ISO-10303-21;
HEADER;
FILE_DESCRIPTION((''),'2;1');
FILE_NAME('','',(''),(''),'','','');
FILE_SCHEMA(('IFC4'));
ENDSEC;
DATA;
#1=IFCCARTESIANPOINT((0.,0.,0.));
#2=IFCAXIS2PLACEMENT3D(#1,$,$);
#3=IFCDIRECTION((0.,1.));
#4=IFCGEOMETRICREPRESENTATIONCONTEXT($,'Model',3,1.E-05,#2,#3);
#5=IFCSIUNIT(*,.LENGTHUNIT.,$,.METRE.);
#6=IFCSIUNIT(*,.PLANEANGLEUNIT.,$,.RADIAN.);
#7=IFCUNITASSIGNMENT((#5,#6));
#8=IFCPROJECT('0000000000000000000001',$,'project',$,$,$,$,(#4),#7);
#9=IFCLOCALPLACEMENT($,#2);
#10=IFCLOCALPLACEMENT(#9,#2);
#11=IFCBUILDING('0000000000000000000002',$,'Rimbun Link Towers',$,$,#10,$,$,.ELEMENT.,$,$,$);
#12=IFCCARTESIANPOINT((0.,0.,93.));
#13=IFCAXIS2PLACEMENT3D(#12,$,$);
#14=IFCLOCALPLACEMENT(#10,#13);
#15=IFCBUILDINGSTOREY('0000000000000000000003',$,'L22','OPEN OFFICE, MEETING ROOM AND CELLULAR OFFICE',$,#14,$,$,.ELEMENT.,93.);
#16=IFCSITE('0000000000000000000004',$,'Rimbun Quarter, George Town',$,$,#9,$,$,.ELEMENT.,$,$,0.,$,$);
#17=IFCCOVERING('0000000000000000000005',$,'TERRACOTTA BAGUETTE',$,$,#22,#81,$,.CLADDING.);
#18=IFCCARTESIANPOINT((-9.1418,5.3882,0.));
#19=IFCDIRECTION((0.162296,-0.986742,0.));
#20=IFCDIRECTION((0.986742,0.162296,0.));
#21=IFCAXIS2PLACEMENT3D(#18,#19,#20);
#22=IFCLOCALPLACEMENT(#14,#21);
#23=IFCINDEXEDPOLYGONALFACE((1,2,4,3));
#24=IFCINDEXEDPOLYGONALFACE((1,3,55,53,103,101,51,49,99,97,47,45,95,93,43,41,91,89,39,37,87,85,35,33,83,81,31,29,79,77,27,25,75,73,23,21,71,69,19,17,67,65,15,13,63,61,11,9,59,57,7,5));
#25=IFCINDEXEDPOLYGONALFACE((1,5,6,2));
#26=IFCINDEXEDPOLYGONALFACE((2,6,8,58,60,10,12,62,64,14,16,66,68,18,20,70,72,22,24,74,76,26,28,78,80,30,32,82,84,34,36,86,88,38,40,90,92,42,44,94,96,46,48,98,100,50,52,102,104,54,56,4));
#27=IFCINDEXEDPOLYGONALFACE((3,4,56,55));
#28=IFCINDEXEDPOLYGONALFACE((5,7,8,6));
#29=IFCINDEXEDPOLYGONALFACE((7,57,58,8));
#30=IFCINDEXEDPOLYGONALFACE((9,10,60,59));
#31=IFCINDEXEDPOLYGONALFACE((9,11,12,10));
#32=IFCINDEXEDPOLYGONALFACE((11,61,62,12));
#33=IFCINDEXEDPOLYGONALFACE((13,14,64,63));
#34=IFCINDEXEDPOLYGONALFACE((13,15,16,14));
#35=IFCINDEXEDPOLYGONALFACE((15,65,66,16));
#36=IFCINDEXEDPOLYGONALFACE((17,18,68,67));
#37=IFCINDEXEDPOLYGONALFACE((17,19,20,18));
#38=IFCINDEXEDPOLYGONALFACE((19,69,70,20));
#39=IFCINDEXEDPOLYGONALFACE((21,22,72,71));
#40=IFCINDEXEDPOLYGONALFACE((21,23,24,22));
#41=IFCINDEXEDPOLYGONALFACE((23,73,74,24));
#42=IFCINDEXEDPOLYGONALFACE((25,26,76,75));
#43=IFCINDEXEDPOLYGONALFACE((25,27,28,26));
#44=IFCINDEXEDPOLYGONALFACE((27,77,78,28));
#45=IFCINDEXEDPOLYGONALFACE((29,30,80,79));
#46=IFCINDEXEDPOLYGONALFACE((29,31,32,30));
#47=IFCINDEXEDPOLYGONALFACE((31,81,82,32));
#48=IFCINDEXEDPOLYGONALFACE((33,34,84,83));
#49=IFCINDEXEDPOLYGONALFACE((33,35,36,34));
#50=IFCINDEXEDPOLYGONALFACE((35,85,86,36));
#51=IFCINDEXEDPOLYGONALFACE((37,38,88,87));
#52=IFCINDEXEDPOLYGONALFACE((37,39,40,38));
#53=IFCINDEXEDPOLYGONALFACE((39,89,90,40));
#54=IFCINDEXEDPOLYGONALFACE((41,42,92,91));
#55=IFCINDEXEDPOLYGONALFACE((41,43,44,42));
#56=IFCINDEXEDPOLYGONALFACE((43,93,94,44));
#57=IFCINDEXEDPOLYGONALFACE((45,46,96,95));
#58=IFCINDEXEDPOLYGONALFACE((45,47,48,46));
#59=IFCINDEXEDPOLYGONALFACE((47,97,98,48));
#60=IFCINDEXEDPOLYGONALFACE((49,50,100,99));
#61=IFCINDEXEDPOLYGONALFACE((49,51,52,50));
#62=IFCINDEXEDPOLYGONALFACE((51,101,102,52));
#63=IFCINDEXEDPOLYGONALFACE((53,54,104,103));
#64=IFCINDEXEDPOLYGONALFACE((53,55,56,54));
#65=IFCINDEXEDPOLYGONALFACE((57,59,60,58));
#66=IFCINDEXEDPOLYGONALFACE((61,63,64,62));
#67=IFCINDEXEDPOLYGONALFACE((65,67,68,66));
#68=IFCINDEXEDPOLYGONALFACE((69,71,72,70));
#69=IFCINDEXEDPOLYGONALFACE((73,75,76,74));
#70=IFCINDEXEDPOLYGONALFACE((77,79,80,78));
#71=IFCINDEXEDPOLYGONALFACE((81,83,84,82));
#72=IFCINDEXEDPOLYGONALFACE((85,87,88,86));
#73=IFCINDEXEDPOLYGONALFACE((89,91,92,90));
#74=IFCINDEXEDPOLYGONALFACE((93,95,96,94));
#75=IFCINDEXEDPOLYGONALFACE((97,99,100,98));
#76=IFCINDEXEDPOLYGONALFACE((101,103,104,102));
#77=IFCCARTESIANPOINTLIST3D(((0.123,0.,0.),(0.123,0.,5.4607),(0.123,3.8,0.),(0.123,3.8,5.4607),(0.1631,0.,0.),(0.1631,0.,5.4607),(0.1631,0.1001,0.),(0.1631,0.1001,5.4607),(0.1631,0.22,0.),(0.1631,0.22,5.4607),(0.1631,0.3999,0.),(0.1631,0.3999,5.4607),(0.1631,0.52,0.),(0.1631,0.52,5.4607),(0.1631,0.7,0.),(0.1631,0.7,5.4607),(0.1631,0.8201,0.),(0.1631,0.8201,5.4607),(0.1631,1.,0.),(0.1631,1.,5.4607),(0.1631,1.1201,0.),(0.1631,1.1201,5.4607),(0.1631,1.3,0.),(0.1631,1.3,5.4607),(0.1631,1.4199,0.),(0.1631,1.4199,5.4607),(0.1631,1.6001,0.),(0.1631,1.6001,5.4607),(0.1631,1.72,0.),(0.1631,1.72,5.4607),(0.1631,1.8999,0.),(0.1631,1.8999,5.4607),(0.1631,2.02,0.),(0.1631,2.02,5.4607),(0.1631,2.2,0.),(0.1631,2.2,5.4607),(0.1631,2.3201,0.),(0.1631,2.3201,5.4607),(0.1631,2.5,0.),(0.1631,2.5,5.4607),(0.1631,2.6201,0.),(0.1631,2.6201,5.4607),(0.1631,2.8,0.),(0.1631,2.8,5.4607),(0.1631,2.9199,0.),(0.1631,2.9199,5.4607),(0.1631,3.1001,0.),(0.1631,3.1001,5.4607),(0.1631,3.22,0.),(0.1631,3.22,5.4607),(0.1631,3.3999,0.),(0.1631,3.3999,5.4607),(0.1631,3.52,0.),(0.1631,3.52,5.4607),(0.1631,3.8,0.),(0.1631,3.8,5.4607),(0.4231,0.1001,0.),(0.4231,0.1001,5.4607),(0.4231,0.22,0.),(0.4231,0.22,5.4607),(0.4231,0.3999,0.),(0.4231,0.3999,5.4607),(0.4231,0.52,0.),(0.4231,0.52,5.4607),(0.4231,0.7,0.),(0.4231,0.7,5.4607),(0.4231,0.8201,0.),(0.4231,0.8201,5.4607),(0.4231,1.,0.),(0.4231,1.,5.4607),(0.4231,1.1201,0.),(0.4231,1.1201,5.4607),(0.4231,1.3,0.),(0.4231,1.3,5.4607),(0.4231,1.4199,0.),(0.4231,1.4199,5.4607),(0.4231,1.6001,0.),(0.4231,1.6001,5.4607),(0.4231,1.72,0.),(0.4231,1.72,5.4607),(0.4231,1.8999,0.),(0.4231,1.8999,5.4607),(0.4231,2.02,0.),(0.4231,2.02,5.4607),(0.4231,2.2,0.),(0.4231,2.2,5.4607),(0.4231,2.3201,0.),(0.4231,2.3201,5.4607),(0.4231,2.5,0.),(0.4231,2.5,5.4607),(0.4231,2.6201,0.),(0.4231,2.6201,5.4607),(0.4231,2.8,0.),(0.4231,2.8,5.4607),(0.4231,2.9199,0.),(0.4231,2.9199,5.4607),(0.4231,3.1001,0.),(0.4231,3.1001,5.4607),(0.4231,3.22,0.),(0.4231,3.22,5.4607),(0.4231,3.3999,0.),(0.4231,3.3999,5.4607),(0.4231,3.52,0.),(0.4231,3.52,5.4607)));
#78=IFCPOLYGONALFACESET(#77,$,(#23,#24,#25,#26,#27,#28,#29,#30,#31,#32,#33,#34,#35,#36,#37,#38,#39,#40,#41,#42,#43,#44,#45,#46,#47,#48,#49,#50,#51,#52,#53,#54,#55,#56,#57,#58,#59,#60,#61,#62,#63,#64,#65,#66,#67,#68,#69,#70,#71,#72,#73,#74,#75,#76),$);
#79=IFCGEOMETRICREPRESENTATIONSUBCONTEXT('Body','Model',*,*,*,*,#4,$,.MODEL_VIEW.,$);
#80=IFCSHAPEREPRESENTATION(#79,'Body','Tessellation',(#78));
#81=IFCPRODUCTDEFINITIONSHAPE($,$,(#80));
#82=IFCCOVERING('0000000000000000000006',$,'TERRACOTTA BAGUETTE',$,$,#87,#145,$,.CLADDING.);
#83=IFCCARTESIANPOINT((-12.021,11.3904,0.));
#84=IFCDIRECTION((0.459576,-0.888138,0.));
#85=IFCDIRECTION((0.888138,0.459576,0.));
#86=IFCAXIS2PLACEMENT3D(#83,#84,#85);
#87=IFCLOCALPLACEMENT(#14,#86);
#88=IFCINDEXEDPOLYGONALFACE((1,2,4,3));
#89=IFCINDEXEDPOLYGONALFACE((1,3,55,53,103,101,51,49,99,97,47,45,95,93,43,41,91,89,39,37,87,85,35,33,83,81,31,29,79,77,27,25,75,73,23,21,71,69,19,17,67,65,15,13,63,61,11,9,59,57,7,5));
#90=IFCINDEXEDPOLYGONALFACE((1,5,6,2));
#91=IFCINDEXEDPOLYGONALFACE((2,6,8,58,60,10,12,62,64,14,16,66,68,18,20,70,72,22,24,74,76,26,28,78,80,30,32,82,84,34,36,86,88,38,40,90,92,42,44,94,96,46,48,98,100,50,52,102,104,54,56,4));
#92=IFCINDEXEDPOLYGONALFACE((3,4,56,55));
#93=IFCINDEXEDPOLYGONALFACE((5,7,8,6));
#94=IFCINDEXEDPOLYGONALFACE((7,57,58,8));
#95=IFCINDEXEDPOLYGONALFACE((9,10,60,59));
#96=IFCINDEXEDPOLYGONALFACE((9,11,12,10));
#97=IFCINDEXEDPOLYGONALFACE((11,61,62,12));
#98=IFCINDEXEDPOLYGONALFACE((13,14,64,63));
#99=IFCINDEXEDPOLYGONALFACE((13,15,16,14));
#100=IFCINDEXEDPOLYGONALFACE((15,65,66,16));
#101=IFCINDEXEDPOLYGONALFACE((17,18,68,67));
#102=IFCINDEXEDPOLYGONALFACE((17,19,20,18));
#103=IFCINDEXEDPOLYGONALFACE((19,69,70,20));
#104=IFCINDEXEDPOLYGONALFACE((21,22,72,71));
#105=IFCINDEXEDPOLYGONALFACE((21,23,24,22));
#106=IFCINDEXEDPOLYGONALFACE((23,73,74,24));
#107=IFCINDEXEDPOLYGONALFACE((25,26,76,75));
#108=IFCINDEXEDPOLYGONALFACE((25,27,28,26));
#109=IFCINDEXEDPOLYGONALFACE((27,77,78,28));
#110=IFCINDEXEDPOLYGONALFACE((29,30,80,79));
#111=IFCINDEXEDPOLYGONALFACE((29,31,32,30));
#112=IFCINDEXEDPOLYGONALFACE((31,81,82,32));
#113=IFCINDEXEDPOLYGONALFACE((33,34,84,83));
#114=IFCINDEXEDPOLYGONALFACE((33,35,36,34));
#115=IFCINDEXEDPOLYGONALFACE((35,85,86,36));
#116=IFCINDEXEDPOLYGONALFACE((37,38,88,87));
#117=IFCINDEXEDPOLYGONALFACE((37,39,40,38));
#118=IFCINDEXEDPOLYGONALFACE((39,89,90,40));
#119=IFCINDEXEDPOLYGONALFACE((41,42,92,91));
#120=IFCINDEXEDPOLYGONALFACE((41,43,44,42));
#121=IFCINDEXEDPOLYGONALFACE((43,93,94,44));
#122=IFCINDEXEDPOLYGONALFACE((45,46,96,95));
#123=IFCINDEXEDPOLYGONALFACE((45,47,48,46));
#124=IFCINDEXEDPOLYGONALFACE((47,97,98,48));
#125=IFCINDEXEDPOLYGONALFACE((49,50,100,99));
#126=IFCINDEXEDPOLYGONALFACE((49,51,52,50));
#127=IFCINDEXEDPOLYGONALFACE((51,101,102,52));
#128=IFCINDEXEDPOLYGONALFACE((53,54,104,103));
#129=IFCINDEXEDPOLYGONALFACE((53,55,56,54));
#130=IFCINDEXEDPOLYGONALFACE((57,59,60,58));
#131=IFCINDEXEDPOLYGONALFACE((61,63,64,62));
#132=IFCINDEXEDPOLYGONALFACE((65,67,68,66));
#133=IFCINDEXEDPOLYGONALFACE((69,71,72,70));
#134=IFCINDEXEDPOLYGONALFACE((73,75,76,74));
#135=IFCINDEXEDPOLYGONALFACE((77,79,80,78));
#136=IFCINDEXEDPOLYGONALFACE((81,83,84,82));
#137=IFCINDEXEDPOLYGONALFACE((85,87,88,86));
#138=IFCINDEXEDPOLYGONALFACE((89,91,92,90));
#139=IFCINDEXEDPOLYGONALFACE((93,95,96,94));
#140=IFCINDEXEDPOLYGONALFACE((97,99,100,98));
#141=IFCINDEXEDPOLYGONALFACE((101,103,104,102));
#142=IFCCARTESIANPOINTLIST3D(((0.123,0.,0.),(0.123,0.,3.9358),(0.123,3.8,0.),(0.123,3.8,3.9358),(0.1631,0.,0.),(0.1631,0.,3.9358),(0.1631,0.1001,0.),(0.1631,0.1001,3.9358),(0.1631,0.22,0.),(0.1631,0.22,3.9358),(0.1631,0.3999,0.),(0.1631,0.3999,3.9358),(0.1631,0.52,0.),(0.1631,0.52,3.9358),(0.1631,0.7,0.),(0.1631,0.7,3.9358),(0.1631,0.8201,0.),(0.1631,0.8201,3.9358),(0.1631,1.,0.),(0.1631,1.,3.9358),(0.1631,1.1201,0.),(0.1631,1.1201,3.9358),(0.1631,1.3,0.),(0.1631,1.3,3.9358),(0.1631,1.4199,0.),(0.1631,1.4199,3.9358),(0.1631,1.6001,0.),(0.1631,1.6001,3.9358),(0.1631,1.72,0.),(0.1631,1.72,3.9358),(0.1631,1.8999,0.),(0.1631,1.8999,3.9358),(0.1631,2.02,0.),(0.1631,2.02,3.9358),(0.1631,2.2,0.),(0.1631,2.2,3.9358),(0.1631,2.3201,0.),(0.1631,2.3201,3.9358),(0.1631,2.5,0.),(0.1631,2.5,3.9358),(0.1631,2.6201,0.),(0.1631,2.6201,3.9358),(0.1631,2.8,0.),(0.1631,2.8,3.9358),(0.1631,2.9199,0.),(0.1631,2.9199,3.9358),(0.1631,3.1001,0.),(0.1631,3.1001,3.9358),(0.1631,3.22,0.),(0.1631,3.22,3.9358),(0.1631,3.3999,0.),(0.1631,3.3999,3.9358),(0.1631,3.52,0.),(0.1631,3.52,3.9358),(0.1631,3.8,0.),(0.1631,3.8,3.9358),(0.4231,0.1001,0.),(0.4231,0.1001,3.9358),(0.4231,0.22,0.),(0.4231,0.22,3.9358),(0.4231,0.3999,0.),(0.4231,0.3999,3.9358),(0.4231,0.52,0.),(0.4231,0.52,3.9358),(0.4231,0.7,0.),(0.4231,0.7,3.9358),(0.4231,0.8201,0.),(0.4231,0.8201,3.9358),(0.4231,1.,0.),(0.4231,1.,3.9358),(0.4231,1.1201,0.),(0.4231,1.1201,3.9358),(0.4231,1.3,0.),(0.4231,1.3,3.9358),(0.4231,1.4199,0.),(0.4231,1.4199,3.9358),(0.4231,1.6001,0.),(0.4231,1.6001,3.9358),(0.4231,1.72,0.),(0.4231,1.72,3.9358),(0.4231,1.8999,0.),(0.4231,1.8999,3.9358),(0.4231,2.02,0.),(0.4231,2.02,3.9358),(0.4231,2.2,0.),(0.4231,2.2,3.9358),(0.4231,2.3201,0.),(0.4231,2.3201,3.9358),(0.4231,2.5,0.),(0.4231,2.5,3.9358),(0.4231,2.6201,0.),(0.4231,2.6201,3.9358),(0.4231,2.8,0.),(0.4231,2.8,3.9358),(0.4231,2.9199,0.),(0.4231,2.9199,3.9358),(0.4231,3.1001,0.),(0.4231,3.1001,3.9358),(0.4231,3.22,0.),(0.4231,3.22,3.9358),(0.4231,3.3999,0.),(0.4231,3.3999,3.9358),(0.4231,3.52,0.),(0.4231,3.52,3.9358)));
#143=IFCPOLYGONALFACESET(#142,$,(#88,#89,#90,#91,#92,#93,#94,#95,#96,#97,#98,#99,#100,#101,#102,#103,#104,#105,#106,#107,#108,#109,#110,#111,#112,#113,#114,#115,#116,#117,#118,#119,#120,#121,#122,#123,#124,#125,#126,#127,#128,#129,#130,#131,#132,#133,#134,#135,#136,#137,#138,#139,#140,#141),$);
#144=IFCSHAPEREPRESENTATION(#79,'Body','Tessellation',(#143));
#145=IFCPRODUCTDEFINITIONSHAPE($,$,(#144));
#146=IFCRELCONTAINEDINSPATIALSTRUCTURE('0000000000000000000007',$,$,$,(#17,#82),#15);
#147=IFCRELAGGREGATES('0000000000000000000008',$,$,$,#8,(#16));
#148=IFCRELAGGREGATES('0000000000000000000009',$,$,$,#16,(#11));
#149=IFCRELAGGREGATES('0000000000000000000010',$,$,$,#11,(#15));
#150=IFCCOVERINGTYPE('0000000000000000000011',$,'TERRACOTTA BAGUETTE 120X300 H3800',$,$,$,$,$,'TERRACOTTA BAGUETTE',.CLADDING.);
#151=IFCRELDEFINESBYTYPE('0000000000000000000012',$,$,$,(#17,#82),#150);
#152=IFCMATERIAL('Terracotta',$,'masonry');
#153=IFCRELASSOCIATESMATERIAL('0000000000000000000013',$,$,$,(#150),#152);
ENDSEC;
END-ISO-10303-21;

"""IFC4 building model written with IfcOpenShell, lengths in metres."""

from ifc_helpers import new_model, si_unit, direction, frame, origin, place, context, subcontext, project, spatial, polyline, outline, extrude, material, material_profile, profile_set, type_object, element, save


model = new_model("IFC4")

# Units and contexts
model_context = context("Model", 3, precision=1e-05, world=origin(), true_north=direction((0.0, 1.0)))
body_context = subcontext(model_context, "Body", "Model", "MODEL_VIEW")
ifc_project = project(units=[si_unit("LENGTHUNIT", "METRE"), si_unit("PLANEANGLEUNIT", "RADIAN")], contexts=[model_context])

# Site, building, storey
site_placement = place(None, origin())
site = spatial("IfcSite", under=ifc_project, at=site_placement, Name="Rimbun Quarter, George Town", CompositionType="ELEMENT", RefElevation=0.0)
building_placement = place(site_placement, origin())
building = spatial("IfcBuilding", under=site, at=building_placement, Name="Rimbun Link Towers", CompositionType="ELEMENT")
storey_placement = place(building_placement, frame((0.0, 0.0, 93.0)))
storey = spatial("IfcBuildingStorey", under=building, at=storey_placement, Name="L22", Description="OPEN OFFICE, MEETING ROOM AND CELLULAR OFFICE", CompositionType="ELEMENT", Elevation=93.0)

# Coverings
ifc_material_1 = material(Name="Terracotta", Category="masonry")
ifc_material_profile_1 = material_profile(ifc_material_1, outline(polyline([(0.123, 0.0), (0.1631, 0.0), (0.1631, 0.1001), (0.4231, 0.1001), (0.4231, 0.22), (0.1631, 0.22), (0.1631, 0.3999), (0.4231, 0.3999), (0.4231, 0.52), (0.1631, 0.52), (0.1631, 0.7), (0.4231, 0.7), (0.4231, 0.8201), (0.1631, 0.8201), (0.1631, 1.0), (0.4231, 1.0), (0.4231, 1.1201), (0.1631, 1.1201), (0.1631, 1.3), (0.4231, 1.3), (0.4231, 1.4199), (0.1631, 1.4199), (0.1631, 1.6001), (0.4231, 1.6001), (0.4231, 1.72), (0.1631, 1.72), (0.1631, 1.8999), (0.4231, 1.8999), (0.4231, 2.02), (0.1631, 2.02), (0.1631, 2.2), (0.4231, 2.2), (0.4231, 2.3201), (0.1631, 2.3201), (0.1631, 2.5), (0.4231, 2.5), (0.4231, 2.6201), (0.1631, 2.6201), (0.1631, 2.8), (0.4231, 2.8), (0.4231, 2.9199), (0.1631, 2.9199), (0.1631, 3.1001), (0.4231, 3.1001), (0.4231, 3.22), (0.1631, 3.22), (0.1631, 3.3999), (0.4231, 3.3999), (0.4231, 3.52), (0.1631, 3.52), (0.1631, 3.8), (0.123, 3.8), (0.123, 0.0)])), Name="BAGUETTE 120X300")
ifc_profile_set_1 = profile_set([ifc_material_profile_1], Name="Terracotta")
covering_type_1 = type_object("IfcCoveringType", Name="TERRACOTTA BAGUETTE 120X300 H3800", ElementType="TERRACOTTA BAGUETTE", PredefinedType="CLADDING", material=ifc_profile_set_1)
covering_1_placement = place(storey_placement, frame((-9.1418, 5.3882, 0.0), z_axis=(0.162296, -0.986742, 0.0), x_axis=(0.986742, 0.162296, 0.0)))
element("IfcCovering", 1, at=covering_1_placement, inside=storey, type_object=covering_type_1, Name="TERRACOTTA BAGUETTE", PredefinedType="CLADDING", context=body_context, shape_type="SweptSolid", body=[
    extrude(outline(polyline([(0.123, 0.0), (0.1631, 0.0), (0.1631, 0.1001), (0.4231, 0.1001), (0.4231, 0.22), (0.1631, 0.22), (0.1631, 0.3999), (0.4231, 0.3999), (0.4231, 0.52), (0.1631, 0.52), (0.1631, 0.7), (0.4231, 0.7), (0.4231, 0.8201), (0.1631, 0.8201), (0.1631, 1.0), (0.4231, 1.0), (0.4231, 1.1201), (0.1631, 1.1201), (0.1631, 1.3), (0.4231, 1.3), (0.4231, 1.4199), (0.1631, 1.4199), (0.1631, 1.6001), (0.4231, 1.6001), (0.4231, 1.72), (0.1631, 1.72), (0.1631, 1.8999), (0.4231, 1.8999), (0.4231, 2.02), (0.1631, 2.02), (0.1631, 2.2), (0.4231, 2.2), (0.4231, 2.3201), (0.1631, 2.3201), (0.1631, 2.5), (0.4231, 2.5), (0.4231, 2.6201), (0.1631, 2.6201), (0.1631, 2.8), (0.4231, 2.8), (0.4231, 2.9199), (0.1631, 2.9199), (0.1631, 3.1001), (0.4231, 3.1001), (0.4231, 3.22), (0.1631, 3.22), (0.1631, 3.3999), (0.4231, 3.3999), (0.4231, 3.52), (0.1631, 3.52), (0.1631, 3.8), (0.123, 3.8), (0.123, 0.0)])), origin(), (0.0, 0.0, 1.0), 5.4607),
])
covering_2_placement = place(storey_placement, frame((-12.021, 11.3904, 0.0), z_axis=(0.459576, -0.888138, 0.0), x_axis=(0.888138, 0.459576, 0.0)))
element("IfcCovering", 2, at=covering_2_placement, inside=storey, type_object=covering_type_1, Name="TERRACOTTA BAGUETTE", PredefinedType="CLADDING", context=body_context, shape_type="SweptSolid", body=[
    extrude(outline(polyline([(0.123, 0.0), (0.1631, 0.0), (0.1631, 0.1001), (0.4231, 0.1001), (0.4231, 0.22), (0.1631, 0.22), (0.1631, 0.3999), (0.4231, 0.3999), (0.4231, 0.52), (0.1631, 0.52), (0.1631, 0.7), (0.4231, 0.7), (0.4231, 0.8201), (0.1631, 0.8201), (0.1631, 1.0), (0.4231, 1.0), (0.4231, 1.1201), (0.1631, 1.1201), (0.1631, 1.3), (0.4231, 1.3), (0.4231, 1.4199), (0.1631, 1.4199), (0.1631, 1.6001), (0.4231, 1.6001), (0.4231, 1.72), (0.1631, 1.72), (0.1631, 1.8999), (0.4231, 1.8999), (0.4231, 2.02), (0.1631, 2.02), (0.1631, 2.2), (0.4231, 2.2), (0.4231, 2.3201), (0.1631, 2.3201), (0.1631, 2.5), (0.4231, 2.5), (0.4231, 2.6201), (0.1631, 2.6201), (0.1631, 2.8), (0.4231, 2.8), (0.4231, 2.9199), (0.1631, 2.9199), (0.1631, 3.1001), (0.4231, 3.1001), (0.4231, 3.22), (0.1631, 3.22), (0.1631, 3.3999), (0.4231, 3.3999), (0.4231, 3.52), (0.1631, 3.52), (0.1631, 3.8), (0.123, 3.8), (0.123, 0.0)])), origin(), (0.0, 0.0, 1.0), 3.9358),
])

save(model, "model.ifc")
